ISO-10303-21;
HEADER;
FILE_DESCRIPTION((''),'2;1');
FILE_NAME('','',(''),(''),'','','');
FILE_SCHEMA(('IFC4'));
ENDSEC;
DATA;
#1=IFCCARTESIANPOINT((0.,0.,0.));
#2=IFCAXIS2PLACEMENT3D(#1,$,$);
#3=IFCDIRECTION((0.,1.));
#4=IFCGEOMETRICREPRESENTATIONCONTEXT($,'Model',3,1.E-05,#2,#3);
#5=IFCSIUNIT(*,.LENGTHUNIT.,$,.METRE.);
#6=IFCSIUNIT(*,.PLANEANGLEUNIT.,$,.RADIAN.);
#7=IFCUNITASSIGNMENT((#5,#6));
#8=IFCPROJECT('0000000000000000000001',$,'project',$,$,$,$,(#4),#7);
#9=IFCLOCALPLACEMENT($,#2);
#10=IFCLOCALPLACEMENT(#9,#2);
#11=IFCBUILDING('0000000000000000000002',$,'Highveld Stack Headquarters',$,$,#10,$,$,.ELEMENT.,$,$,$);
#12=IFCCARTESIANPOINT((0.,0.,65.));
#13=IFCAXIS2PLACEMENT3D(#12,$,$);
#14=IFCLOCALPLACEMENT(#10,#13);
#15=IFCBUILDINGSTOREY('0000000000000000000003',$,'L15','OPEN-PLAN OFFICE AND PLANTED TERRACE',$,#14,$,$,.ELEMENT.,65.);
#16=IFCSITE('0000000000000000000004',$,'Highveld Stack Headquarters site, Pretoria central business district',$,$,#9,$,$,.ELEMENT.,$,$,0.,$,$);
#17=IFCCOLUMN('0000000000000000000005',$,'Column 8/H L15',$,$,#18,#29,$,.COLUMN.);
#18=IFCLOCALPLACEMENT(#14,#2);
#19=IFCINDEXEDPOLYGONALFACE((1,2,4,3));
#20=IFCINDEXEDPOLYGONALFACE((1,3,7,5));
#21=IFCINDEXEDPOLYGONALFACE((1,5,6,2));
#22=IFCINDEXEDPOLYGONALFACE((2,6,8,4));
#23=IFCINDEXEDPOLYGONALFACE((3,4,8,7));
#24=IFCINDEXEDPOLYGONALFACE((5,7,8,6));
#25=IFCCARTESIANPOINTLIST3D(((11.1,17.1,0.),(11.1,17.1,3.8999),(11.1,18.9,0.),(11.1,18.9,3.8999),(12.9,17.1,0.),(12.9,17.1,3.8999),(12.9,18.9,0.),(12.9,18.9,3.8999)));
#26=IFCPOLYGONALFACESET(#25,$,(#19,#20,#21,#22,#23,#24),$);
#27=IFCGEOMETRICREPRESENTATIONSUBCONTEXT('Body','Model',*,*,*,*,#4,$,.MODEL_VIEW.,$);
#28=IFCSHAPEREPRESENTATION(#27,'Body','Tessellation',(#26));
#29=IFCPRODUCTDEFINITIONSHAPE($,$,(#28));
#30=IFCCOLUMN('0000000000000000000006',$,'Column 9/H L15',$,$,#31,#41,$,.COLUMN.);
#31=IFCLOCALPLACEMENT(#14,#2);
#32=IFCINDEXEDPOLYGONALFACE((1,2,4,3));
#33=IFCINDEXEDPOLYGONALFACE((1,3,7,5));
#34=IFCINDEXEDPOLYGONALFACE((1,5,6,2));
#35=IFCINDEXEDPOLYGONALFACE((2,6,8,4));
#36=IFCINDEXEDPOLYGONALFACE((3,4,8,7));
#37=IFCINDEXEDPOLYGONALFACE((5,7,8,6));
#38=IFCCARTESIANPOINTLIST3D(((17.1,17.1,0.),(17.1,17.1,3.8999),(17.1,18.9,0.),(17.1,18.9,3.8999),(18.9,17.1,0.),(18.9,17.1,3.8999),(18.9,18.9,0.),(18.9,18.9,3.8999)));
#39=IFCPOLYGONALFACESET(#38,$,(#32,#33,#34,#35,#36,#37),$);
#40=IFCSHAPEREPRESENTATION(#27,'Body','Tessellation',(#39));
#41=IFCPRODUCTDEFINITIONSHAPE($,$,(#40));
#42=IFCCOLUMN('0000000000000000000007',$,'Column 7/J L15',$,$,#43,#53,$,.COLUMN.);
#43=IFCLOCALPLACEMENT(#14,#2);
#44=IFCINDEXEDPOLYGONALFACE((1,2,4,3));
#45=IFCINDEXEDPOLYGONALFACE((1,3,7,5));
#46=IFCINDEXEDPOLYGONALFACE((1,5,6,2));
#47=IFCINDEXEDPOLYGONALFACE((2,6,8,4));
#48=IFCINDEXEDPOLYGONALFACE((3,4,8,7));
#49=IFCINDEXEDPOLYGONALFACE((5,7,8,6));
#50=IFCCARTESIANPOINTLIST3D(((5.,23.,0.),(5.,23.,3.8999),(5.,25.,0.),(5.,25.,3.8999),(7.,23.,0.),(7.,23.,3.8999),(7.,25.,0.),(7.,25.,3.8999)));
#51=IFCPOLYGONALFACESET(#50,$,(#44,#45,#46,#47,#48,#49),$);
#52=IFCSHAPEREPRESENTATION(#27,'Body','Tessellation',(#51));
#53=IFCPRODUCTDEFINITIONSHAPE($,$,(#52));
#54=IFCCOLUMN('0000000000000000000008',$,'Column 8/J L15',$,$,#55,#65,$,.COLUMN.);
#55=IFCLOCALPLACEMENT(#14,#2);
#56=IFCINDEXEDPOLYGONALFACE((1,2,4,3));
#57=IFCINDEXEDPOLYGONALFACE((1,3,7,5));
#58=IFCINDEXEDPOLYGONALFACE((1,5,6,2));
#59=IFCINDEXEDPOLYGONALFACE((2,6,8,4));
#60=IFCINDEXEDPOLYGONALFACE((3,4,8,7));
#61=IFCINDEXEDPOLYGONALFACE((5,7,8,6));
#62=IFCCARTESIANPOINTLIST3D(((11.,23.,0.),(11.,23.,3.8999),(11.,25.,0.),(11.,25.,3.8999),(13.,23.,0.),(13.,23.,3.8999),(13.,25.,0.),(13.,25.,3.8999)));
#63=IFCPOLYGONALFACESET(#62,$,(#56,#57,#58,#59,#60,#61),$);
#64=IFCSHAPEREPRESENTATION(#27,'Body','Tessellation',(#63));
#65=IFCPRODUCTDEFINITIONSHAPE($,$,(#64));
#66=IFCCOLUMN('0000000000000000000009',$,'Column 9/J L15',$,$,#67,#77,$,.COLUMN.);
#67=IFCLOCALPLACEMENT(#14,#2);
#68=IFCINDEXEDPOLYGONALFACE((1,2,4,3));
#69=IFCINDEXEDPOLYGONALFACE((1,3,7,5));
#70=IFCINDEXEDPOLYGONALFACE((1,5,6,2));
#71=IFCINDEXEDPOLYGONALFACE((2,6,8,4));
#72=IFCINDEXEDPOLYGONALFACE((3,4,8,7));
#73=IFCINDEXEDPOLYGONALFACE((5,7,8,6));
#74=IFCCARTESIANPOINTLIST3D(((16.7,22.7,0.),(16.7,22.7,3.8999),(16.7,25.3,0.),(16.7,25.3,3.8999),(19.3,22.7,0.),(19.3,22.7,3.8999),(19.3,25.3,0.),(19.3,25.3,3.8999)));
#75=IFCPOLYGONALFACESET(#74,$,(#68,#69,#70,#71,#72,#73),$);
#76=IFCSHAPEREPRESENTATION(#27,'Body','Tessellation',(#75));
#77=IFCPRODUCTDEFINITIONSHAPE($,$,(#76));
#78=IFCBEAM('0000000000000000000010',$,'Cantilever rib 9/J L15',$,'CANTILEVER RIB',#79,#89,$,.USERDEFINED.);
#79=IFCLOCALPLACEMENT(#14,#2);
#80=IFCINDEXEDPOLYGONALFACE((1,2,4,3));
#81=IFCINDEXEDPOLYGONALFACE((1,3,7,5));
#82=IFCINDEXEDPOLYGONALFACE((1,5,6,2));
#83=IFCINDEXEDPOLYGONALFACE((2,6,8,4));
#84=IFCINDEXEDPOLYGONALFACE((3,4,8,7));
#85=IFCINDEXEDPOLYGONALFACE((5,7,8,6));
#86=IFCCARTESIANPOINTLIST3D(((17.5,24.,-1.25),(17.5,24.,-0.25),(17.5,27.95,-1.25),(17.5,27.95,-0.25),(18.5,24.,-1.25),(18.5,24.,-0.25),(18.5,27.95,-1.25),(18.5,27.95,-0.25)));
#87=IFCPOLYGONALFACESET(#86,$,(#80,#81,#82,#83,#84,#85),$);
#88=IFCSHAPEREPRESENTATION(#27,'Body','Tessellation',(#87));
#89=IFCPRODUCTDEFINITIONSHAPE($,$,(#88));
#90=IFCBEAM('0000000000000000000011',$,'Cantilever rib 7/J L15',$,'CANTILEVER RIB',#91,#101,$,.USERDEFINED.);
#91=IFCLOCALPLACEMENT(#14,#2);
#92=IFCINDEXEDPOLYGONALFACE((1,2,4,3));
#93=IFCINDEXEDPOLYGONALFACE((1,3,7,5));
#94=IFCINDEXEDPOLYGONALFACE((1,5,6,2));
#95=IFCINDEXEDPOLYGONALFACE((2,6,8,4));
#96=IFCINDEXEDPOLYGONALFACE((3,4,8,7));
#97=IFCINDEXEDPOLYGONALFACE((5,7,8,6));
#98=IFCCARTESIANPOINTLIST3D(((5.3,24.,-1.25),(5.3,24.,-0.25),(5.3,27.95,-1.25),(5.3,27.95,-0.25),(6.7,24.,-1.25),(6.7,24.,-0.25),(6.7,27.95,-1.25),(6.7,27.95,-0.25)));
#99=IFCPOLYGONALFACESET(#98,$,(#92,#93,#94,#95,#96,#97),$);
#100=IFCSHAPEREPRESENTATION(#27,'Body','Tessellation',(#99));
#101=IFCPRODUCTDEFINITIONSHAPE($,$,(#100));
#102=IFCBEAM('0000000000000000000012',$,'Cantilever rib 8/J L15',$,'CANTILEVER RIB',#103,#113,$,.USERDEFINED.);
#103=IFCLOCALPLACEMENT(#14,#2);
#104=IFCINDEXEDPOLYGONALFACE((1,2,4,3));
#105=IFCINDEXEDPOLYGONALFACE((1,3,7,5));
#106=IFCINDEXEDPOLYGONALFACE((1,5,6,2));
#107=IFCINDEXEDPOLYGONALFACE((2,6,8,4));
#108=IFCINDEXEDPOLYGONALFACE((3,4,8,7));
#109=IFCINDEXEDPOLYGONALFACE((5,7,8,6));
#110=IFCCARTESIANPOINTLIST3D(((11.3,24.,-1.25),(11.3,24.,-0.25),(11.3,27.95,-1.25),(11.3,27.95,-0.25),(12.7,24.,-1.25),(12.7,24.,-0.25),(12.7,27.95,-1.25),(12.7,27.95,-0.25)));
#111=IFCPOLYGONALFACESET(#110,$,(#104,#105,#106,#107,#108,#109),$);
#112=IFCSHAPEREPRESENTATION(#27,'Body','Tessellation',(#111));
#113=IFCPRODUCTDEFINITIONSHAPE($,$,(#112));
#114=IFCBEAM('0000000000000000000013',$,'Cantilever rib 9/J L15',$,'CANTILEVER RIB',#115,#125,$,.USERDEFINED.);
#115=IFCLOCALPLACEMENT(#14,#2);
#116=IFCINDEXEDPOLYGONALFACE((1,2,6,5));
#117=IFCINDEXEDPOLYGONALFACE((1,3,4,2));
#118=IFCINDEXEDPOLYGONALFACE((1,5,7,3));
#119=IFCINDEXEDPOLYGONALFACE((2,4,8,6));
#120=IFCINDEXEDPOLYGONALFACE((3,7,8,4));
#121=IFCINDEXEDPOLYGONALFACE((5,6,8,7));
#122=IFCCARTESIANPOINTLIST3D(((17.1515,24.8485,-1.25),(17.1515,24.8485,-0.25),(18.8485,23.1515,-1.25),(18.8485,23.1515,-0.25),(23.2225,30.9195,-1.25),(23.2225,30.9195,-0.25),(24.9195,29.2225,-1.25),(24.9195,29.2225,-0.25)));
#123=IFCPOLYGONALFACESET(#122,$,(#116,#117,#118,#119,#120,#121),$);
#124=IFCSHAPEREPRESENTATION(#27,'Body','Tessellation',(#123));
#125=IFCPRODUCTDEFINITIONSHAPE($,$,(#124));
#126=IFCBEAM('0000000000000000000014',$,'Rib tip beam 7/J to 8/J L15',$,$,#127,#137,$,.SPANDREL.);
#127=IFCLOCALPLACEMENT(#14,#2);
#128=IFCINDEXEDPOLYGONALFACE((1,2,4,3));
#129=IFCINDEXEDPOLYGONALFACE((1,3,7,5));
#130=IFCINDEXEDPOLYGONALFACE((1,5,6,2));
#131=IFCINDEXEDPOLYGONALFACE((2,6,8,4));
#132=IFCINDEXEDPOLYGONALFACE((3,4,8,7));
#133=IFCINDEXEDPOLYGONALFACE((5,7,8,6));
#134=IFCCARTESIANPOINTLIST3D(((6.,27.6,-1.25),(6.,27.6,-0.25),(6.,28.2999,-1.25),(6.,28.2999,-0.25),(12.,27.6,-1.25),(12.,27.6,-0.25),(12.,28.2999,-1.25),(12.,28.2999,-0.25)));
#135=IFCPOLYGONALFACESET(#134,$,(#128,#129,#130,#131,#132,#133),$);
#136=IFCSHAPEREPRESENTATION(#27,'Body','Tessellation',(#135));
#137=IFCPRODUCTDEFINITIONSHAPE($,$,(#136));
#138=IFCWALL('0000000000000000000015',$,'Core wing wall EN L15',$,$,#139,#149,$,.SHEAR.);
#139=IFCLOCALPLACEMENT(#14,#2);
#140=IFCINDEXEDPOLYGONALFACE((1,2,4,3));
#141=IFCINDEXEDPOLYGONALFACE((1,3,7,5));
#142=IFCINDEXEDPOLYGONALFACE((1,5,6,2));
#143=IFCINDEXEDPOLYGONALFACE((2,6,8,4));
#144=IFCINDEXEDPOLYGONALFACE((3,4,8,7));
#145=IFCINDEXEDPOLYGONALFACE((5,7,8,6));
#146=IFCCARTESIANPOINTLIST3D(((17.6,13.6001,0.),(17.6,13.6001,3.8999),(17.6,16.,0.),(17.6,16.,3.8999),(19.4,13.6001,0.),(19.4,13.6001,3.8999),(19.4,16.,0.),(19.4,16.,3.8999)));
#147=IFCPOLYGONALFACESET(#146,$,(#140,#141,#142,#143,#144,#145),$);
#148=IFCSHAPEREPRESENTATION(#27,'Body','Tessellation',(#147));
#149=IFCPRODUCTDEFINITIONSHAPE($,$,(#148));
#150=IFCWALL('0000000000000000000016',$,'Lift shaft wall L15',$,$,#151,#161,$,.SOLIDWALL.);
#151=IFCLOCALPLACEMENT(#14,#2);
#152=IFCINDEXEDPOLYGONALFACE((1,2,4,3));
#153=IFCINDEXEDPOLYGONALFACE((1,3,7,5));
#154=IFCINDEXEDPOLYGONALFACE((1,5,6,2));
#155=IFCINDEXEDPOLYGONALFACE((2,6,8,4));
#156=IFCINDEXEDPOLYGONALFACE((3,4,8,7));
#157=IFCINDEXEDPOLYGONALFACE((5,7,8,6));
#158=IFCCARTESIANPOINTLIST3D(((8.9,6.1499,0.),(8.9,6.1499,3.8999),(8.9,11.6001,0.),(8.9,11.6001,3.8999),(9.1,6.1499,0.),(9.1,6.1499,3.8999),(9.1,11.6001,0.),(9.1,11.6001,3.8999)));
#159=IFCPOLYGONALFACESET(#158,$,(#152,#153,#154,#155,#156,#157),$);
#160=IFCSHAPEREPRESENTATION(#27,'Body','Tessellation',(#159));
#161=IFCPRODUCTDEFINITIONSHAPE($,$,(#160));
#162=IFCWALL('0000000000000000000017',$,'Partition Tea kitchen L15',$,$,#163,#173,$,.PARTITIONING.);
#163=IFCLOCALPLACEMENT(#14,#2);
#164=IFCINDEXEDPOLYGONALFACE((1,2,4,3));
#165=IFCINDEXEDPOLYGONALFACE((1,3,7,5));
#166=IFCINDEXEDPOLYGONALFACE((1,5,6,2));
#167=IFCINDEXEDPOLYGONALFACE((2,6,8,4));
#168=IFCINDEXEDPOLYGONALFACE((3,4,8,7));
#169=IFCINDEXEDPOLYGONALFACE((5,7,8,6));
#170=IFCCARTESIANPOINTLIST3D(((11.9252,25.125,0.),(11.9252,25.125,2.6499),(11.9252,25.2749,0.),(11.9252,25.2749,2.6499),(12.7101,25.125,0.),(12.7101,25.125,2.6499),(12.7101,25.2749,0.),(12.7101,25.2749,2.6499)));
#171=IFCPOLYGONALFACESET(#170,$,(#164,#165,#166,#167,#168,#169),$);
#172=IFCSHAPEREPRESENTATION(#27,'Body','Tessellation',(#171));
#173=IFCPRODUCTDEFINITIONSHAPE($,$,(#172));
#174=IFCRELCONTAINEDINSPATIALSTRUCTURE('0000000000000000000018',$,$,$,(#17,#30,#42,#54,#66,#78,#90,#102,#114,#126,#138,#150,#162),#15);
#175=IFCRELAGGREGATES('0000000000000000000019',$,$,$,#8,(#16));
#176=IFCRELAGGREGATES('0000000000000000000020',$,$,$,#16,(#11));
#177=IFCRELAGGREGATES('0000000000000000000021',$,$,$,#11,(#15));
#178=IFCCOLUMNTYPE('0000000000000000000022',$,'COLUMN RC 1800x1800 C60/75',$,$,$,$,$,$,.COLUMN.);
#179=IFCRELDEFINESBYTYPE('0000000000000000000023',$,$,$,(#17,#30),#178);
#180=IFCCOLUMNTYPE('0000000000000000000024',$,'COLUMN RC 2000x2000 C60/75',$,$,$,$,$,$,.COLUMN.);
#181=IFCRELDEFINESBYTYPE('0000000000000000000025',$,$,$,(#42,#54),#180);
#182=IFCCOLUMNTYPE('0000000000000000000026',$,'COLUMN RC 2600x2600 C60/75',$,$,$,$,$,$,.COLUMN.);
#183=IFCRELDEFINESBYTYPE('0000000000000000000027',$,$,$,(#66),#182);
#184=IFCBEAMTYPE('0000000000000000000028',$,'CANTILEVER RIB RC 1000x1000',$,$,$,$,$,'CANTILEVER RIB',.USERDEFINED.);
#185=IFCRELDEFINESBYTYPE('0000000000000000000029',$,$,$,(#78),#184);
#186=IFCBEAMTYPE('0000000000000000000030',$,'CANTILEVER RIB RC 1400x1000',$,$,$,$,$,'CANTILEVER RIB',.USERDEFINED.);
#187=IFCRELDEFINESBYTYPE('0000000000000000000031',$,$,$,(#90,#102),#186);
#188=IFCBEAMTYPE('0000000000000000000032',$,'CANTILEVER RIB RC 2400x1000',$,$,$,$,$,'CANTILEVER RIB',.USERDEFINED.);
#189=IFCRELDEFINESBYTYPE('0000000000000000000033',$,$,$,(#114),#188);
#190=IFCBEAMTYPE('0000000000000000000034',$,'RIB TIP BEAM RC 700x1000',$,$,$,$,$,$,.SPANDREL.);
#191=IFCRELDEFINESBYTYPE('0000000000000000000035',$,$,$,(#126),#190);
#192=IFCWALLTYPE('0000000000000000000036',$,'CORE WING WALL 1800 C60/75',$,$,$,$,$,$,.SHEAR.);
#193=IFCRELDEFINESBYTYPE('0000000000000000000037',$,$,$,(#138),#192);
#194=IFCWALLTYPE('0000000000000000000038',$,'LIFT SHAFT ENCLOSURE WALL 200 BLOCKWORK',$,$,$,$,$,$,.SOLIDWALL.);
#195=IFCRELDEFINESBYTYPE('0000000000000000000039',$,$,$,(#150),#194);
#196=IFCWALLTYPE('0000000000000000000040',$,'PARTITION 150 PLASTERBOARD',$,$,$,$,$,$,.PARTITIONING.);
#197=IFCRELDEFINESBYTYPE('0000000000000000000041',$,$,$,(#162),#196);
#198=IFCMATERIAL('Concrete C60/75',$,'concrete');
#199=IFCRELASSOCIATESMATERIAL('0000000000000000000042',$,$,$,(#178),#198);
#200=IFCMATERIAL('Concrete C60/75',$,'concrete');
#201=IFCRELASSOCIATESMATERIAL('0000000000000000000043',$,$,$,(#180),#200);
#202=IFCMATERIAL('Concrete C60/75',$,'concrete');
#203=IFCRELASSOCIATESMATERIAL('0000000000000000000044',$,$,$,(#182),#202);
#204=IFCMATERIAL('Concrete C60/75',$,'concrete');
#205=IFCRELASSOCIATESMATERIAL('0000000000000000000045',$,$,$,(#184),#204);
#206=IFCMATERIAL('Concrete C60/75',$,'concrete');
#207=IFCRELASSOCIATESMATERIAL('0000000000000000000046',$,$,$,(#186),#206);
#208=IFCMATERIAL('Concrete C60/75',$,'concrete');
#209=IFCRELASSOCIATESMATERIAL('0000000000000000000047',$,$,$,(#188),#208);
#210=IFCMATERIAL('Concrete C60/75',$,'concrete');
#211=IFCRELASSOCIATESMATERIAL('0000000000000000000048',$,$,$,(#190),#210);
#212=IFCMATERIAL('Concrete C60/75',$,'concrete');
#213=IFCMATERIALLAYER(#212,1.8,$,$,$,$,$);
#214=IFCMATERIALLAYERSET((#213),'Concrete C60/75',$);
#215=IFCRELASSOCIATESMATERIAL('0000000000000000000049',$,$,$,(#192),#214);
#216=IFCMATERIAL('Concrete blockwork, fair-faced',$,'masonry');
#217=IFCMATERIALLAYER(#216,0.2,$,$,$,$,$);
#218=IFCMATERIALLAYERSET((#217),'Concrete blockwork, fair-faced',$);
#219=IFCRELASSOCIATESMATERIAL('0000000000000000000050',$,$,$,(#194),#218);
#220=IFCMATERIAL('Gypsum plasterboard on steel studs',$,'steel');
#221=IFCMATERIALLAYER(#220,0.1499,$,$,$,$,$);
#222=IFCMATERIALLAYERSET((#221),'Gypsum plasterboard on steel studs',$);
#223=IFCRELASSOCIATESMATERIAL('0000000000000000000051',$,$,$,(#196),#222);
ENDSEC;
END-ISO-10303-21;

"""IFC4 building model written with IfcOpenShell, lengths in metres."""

from ifc_helpers import new_model, si_unit, direction, frame, frame_2d, origin, origin_2d, place, context, subcontext, project, spatial, rectangle, extrude, material, layer, layer_set, material_profile, profile_set, type_object, element, save


model = new_model("IFC4")

# Units and contexts
model_context = context("Model", 3, precision=1e-05, world=origin(), true_north=direction((0.0, 1.0)))
body_context = subcontext(model_context, "Body", "Model", "MODEL_VIEW")
ifc_project = project(units=[si_unit("LENGTHUNIT", "METRE"), si_unit("PLANEANGLEUNIT", "RADIAN")], contexts=[model_context])

# Site, building, storey
site_placement = place(None, origin())
site = spatial("IfcSite", under=ifc_project, at=site_placement, Name="Highveld Stack Headquarters site, Pretoria central business district", CompositionType="ELEMENT", RefElevation=0.0)
building_placement = place(site_placement, origin())
building = spatial("IfcBuilding", under=site, at=building_placement, Name="Highveld Stack Headquarters", CompositionType="ELEMENT")
storey_placement = place(building_placement, frame((0.0, 0.0, 65.0)))
storey = spatial("IfcBuildingStorey", under=building, at=storey_placement, Name="L15", Description="OPEN-PLAN OFFICE AND PLANTED TERRACE", CompositionType="ELEMENT", Elevation=65.0)

# Columns
ifc_material_1 = material(Name="Concrete C60/75", Category="concrete")
ifc_material_profile_1 = material_profile(ifc_material_1, rectangle(XDim=1.8, YDim=1.8, at=origin_2d()), Name="RC 1800x1800")
ifc_profile_set_1 = profile_set([ifc_material_profile_1], Name="Concrete C60/75")
column_type_1 = type_object("IfcColumnType", Name="COLUMN RC 1800x1800 C60/75", PredefinedType="COLUMN", material=ifc_profile_set_1)
for number, where, z_axis, x_axis, name in (
    (1, (12.0, 18.0, 0.0), (0.0, 0.0, 1.0), (1.0, 0.0, 0.0), "Column 8/H L15"),
    (2, (18.0, 18.0, 0.0), (0.0, 0.0, 1.0), (1.0, 0.0, 0.0), "Column 9/H L15"),
):
    element("IfcColumn", number, at=place(storey_placement, frame(where, z_axis=z_axis, x_axis=x_axis)), inside=storey, type_object=column_type_1, Name=name, PredefinedType="COLUMN", context=body_context, shape_type="SweptSolid", body=[
        extrude(rectangle(XDim=1.8, YDim=1.8, at=origin_2d()), origin(), (0.0, 0.0, 1.0), 3.8999),
    ])
ifc_material_2 = material(Name="Concrete C60/75", Category="concrete")
ifc_material_profile_2 = material_profile(ifc_material_2, rectangle(XDim=2.0, YDim=2.0, at=origin_2d()), Name="RC 2000x2000")
ifc_profile_set_2 = profile_set([ifc_material_profile_2], Name="Concrete C60/75")
column_type_2 = type_object("IfcColumnType", Name="COLUMN RC 2000x2000 C60/75", PredefinedType="COLUMN", material=ifc_profile_set_2)
for number, where, z_axis, x_axis, name in (
    (3, (6.0, 24.0, 0.0), (0.0, 0.0, 1.0), (1.0, 0.0, 0.0), "Column 7/J L15"),
    (4, (12.0, 24.0, 0.0), (0.0, 0.0, 1.0), (1.0, 0.0, 0.0), "Column 8/J L15"),
):
    element("IfcColumn", number, at=place(storey_placement, frame(where, z_axis=z_axis, x_axis=x_axis)), inside=storey, type_object=column_type_2, Name=name, PredefinedType="COLUMN", context=body_context, shape_type="SweptSolid", body=[
        extrude(rectangle(XDim=2.0, YDim=2.0, at=origin_2d()), origin(), (0.0, 0.0, 1.0), 3.8999),
    ])
ifc_material_3 = material(Name="Concrete C60/75", Category="concrete")
ifc_material_profile_3 = material_profile(ifc_material_3, rectangle(XDim=2.6001, YDim=2.6001, at=origin_2d()), Name="RC 2600x2600")
ifc_profile_set_3 = profile_set([ifc_material_profile_3], Name="Concrete C60/75")
column_type_3 = type_object("IfcColumnType", Name="COLUMN RC 2600x2600 C60/75", PredefinedType="COLUMN", material=ifc_profile_set_3)
column_placement = place(storey_placement, frame((18.0, 24.0, 0.0), z_axis=(0.0, 0.0, 1.0), x_axis=(1.0, 0.0, 0.0)))
element("IfcColumn", 5, at=column_placement, inside=storey, type_object=column_type_3, Name="Column 9/J L15", PredefinedType="COLUMN", context=body_context, shape_type="SweptSolid", body=[
    extrude(rectangle(XDim=2.6001, YDim=2.6001, at=origin_2d()), origin(), (0.0, 0.0, 1.0), 3.8999),
])

# Beams
ifc_material_4 = material(Name="Concrete C60/75", Category="concrete")
ifc_material_profile_4 = material_profile(ifc_material_4, rectangle(XDim=1.0, YDim=1.0, at=origin_2d()), Name="RC 1000x1000")
ifc_profile_set_4 = profile_set([ifc_material_profile_4], Name="Concrete C60/75")
beam_type_1 = type_object("IfcBeamType", Name="CANTILEVER RIB RC 1000x1000", ElementType="CANTILEVER RIB", PredefinedType="USERDEFINED", material=ifc_profile_set_4)
beam_1_placement = place(storey_placement, frame((18.0, 24.0, -0.75), z_axis=(0.0, 1.0, 0.0), x_axis=(-1.0, 0.0, 0.0)))
element("IfcBeam", 6, at=beam_1_placement, inside=storey, type_object=beam_type_1, Name="Cantilever rib 9/J L15", ObjectType="CANTILEVER RIB", PredefinedType="USERDEFINED", context=body_context, shape_type="SweptSolid", body=[
    extrude(rectangle(XDim=1.0, YDim=1.0, at=origin_2d()), origin(), (0.0, 0.0, 1.0), 3.95),
])
ifc_material_5 = material(Name="Concrete C60/75", Category="concrete")
ifc_material_profile_5 = material_profile(ifc_material_5, rectangle(XDim=1.3999, YDim=1.0, at=origin_2d()), Name="RC 1400x1000")
ifc_profile_set_5 = profile_set([ifc_material_profile_5], Name="Concrete C60/75")
beam_type_2 = type_object("IfcBeamType", Name="CANTILEVER RIB RC 1400x1000", ElementType="CANTILEVER RIB", PredefinedType="USERDEFINED", material=ifc_profile_set_5)
for number, where, z_axis, x_axis, name in (
    (7, (6.0, 24.0, -0.75), (0.0, 1.0, 0.0), (-1.0, 0.0, 0.0), "Cantilever rib 7/J L15"),
    (8, (12.0, 24.0, -0.75), (0.0, 1.0, 0.0), (-1.0, 0.0, 0.0), "Cantilever rib 8/J L15"),
):
    element("IfcBeam", number, at=place(storey_placement, frame(where, z_axis=z_axis, x_axis=x_axis)), inside=storey, type_object=beam_type_2, Name=name, ObjectType="CANTILEVER RIB", PredefinedType="USERDEFINED", context=body_context, shape_type="SweptSolid", body=[
        extrude(rectangle(XDim=1.3999, YDim=1.0, at=origin_2d()), origin(), (0.0, 0.0, 1.0), 3.95),
    ])
ifc_material_6 = material(Name="Concrete C60/75", Category="concrete")
ifc_material_profile_6 = material_profile(ifc_material_6, rectangle(XDim=2.3999, YDim=1.0, at=origin_2d()), Name="RC 2400x1000")
ifc_profile_set_6 = profile_set([ifc_material_profile_6], Name="Concrete C60/75")
beam_type_3 = type_object("IfcBeamType", Name="CANTILEVER RIB RC 2400x1000", ElementType="CANTILEVER RIB", PredefinedType="USERDEFINED", material=ifc_profile_set_6)
beam_2_placement = place(storey_placement, frame((18.0, 24.0, -0.75), z_axis=(0.707107, 0.707107, 0.0), x_axis=(-0.707107, 0.707107, 0.0)))
element("IfcBeam", 9, at=beam_2_placement, inside=storey, type_object=beam_type_3, Name="Cantilever rib 9/J L15", ObjectType="CANTILEVER RIB", PredefinedType="USERDEFINED", context=body_context, shape_type="SweptSolid", body=[
    extrude(rectangle(XDim=2.3999, YDim=1.0, at=origin_2d()), origin(), (0.0, 0.0, 1.0), 8.5857),
])
ifc_material_7 = material(Name="Concrete C60/75", Category="concrete")
ifc_material_profile_7 = material_profile(ifc_material_7, rectangle(XDim=0.7, YDim=1.0, at=origin_2d()), Name="RC 700x1000")
ifc_profile_set_7 = profile_set([ifc_material_profile_7], Name="Concrete C60/75")
beam_type_4 = type_object("IfcBeamType", Name="RIB TIP BEAM RC 700x1000", PredefinedType="SPANDREL", material=ifc_profile_set_7)
beam_3_placement = place(storey_placement, frame((6.0, 27.95, -0.75), z_axis=(1.0, 0.0, 0.0), x_axis=(0.0, 1.0, 0.0)))
element("IfcBeam", 10, at=beam_3_placement, inside=storey, type_object=beam_type_4, Name="Rib tip beam 7/J to 8/J L15", PredefinedType="SPANDREL", context=body_context, shape_type="SweptSolid", body=[
    extrude(rectangle(XDim=0.7, YDim=1.0, at=origin_2d()), origin(), (0.0, 0.0, 1.0), 6.0),
])

# Walls
ifc_material_8 = material(Name="Concrete C60/75", Category="concrete")
ifc_layer_1 = layer(ifc_material_8, 1.8)
ifc_layer_set_1 = layer_set([ifc_layer_1], Name="Concrete C60/75")
wall_type_1 = type_object("IfcWallType", Name="CORE WING WALL 1800 C60/75", PredefinedType="SHEAR", material=ifc_layer_set_1)
wall_1_placement = place(storey_placement, frame((18.5, 13.6001, 0.0), z_axis=(0.0, 0.0, 1.0), x_axis=(0.0, 1.0, 0.0)))
element("IfcWall", 11, at=wall_1_placement, inside=storey, type_object=wall_type_1, Name="Core wing wall EN L15", PredefinedType="SHEAR", context=body_context, shape_type="SweptSolid", body=[
    extrude(rectangle(XDim=2.3999, YDim=1.8, at=frame_2d((1.2, 0.0))), origin(), (0.0, 0.0, 1.0), 3.8999),
])
ifc_material_9 = material(Name="Concrete blockwork, fair-faced", Category="masonry")
ifc_layer_2 = layer(ifc_material_9, 0.2)
ifc_layer_set_2 = layer_set([ifc_layer_2], Name="Concrete blockwork, fair-faced")
wall_type_2 = type_object("IfcWallType", Name="LIFT SHAFT ENCLOSURE WALL 200 BLOCKWORK", PredefinedType="SOLIDWALL", material=ifc_layer_set_2)
wall_2_placement = place(storey_placement, frame((9.0, 6.1499, 0.0), z_axis=(0.0, 0.0, 1.0), x_axis=(0.0, 1.0, 0.0)))
element("IfcWall", 12, at=wall_2_placement, inside=storey, type_object=wall_type_2, Name="Lift shaft wall L15", PredefinedType="SOLIDWALL", context=body_context, shape_type="SweptSolid", body=[
    extrude(rectangle(XDim=5.4502, YDim=0.2, at=frame_2d((2.7251, 0.0))), origin(), (0.0, 0.0, 1.0), 3.8999),
])
ifc_material_10 = material(Name="Gypsum plasterboard on steel studs", Category="steel")
ifc_layer_3 = layer(ifc_material_10, 0.1499)
ifc_layer_set_3 = layer_set([ifc_layer_3], Name="Gypsum plasterboard on steel studs")
wall_type_3 = type_object("IfcWallType", Name="PARTITION 150 PLASTERBOARD", PredefinedType="PARTITIONING", material=ifc_layer_set_3)
wall_3_placement = place(storey_placement, frame((11.925, 25.2, 0.0), z_axis=(0.0, 0.0, 1.0), x_axis=(1.0, 0.0, 0.0)))
element("IfcWall", 13, at=wall_3_placement, inside=storey, type_object=wall_type_3, Name="Partition Tea kitchen L15", PredefinedType="PARTITIONING", context=body_context, shape_type="SweptSolid", body=[
    extrude(rectangle(XDim=0.7849, YDim=0.1499, at=frame_2d((0.3926, 0.0))), origin(), (0.0, 0.0, 1.0), 2.6499),
])

save(model, "model.ifc")
